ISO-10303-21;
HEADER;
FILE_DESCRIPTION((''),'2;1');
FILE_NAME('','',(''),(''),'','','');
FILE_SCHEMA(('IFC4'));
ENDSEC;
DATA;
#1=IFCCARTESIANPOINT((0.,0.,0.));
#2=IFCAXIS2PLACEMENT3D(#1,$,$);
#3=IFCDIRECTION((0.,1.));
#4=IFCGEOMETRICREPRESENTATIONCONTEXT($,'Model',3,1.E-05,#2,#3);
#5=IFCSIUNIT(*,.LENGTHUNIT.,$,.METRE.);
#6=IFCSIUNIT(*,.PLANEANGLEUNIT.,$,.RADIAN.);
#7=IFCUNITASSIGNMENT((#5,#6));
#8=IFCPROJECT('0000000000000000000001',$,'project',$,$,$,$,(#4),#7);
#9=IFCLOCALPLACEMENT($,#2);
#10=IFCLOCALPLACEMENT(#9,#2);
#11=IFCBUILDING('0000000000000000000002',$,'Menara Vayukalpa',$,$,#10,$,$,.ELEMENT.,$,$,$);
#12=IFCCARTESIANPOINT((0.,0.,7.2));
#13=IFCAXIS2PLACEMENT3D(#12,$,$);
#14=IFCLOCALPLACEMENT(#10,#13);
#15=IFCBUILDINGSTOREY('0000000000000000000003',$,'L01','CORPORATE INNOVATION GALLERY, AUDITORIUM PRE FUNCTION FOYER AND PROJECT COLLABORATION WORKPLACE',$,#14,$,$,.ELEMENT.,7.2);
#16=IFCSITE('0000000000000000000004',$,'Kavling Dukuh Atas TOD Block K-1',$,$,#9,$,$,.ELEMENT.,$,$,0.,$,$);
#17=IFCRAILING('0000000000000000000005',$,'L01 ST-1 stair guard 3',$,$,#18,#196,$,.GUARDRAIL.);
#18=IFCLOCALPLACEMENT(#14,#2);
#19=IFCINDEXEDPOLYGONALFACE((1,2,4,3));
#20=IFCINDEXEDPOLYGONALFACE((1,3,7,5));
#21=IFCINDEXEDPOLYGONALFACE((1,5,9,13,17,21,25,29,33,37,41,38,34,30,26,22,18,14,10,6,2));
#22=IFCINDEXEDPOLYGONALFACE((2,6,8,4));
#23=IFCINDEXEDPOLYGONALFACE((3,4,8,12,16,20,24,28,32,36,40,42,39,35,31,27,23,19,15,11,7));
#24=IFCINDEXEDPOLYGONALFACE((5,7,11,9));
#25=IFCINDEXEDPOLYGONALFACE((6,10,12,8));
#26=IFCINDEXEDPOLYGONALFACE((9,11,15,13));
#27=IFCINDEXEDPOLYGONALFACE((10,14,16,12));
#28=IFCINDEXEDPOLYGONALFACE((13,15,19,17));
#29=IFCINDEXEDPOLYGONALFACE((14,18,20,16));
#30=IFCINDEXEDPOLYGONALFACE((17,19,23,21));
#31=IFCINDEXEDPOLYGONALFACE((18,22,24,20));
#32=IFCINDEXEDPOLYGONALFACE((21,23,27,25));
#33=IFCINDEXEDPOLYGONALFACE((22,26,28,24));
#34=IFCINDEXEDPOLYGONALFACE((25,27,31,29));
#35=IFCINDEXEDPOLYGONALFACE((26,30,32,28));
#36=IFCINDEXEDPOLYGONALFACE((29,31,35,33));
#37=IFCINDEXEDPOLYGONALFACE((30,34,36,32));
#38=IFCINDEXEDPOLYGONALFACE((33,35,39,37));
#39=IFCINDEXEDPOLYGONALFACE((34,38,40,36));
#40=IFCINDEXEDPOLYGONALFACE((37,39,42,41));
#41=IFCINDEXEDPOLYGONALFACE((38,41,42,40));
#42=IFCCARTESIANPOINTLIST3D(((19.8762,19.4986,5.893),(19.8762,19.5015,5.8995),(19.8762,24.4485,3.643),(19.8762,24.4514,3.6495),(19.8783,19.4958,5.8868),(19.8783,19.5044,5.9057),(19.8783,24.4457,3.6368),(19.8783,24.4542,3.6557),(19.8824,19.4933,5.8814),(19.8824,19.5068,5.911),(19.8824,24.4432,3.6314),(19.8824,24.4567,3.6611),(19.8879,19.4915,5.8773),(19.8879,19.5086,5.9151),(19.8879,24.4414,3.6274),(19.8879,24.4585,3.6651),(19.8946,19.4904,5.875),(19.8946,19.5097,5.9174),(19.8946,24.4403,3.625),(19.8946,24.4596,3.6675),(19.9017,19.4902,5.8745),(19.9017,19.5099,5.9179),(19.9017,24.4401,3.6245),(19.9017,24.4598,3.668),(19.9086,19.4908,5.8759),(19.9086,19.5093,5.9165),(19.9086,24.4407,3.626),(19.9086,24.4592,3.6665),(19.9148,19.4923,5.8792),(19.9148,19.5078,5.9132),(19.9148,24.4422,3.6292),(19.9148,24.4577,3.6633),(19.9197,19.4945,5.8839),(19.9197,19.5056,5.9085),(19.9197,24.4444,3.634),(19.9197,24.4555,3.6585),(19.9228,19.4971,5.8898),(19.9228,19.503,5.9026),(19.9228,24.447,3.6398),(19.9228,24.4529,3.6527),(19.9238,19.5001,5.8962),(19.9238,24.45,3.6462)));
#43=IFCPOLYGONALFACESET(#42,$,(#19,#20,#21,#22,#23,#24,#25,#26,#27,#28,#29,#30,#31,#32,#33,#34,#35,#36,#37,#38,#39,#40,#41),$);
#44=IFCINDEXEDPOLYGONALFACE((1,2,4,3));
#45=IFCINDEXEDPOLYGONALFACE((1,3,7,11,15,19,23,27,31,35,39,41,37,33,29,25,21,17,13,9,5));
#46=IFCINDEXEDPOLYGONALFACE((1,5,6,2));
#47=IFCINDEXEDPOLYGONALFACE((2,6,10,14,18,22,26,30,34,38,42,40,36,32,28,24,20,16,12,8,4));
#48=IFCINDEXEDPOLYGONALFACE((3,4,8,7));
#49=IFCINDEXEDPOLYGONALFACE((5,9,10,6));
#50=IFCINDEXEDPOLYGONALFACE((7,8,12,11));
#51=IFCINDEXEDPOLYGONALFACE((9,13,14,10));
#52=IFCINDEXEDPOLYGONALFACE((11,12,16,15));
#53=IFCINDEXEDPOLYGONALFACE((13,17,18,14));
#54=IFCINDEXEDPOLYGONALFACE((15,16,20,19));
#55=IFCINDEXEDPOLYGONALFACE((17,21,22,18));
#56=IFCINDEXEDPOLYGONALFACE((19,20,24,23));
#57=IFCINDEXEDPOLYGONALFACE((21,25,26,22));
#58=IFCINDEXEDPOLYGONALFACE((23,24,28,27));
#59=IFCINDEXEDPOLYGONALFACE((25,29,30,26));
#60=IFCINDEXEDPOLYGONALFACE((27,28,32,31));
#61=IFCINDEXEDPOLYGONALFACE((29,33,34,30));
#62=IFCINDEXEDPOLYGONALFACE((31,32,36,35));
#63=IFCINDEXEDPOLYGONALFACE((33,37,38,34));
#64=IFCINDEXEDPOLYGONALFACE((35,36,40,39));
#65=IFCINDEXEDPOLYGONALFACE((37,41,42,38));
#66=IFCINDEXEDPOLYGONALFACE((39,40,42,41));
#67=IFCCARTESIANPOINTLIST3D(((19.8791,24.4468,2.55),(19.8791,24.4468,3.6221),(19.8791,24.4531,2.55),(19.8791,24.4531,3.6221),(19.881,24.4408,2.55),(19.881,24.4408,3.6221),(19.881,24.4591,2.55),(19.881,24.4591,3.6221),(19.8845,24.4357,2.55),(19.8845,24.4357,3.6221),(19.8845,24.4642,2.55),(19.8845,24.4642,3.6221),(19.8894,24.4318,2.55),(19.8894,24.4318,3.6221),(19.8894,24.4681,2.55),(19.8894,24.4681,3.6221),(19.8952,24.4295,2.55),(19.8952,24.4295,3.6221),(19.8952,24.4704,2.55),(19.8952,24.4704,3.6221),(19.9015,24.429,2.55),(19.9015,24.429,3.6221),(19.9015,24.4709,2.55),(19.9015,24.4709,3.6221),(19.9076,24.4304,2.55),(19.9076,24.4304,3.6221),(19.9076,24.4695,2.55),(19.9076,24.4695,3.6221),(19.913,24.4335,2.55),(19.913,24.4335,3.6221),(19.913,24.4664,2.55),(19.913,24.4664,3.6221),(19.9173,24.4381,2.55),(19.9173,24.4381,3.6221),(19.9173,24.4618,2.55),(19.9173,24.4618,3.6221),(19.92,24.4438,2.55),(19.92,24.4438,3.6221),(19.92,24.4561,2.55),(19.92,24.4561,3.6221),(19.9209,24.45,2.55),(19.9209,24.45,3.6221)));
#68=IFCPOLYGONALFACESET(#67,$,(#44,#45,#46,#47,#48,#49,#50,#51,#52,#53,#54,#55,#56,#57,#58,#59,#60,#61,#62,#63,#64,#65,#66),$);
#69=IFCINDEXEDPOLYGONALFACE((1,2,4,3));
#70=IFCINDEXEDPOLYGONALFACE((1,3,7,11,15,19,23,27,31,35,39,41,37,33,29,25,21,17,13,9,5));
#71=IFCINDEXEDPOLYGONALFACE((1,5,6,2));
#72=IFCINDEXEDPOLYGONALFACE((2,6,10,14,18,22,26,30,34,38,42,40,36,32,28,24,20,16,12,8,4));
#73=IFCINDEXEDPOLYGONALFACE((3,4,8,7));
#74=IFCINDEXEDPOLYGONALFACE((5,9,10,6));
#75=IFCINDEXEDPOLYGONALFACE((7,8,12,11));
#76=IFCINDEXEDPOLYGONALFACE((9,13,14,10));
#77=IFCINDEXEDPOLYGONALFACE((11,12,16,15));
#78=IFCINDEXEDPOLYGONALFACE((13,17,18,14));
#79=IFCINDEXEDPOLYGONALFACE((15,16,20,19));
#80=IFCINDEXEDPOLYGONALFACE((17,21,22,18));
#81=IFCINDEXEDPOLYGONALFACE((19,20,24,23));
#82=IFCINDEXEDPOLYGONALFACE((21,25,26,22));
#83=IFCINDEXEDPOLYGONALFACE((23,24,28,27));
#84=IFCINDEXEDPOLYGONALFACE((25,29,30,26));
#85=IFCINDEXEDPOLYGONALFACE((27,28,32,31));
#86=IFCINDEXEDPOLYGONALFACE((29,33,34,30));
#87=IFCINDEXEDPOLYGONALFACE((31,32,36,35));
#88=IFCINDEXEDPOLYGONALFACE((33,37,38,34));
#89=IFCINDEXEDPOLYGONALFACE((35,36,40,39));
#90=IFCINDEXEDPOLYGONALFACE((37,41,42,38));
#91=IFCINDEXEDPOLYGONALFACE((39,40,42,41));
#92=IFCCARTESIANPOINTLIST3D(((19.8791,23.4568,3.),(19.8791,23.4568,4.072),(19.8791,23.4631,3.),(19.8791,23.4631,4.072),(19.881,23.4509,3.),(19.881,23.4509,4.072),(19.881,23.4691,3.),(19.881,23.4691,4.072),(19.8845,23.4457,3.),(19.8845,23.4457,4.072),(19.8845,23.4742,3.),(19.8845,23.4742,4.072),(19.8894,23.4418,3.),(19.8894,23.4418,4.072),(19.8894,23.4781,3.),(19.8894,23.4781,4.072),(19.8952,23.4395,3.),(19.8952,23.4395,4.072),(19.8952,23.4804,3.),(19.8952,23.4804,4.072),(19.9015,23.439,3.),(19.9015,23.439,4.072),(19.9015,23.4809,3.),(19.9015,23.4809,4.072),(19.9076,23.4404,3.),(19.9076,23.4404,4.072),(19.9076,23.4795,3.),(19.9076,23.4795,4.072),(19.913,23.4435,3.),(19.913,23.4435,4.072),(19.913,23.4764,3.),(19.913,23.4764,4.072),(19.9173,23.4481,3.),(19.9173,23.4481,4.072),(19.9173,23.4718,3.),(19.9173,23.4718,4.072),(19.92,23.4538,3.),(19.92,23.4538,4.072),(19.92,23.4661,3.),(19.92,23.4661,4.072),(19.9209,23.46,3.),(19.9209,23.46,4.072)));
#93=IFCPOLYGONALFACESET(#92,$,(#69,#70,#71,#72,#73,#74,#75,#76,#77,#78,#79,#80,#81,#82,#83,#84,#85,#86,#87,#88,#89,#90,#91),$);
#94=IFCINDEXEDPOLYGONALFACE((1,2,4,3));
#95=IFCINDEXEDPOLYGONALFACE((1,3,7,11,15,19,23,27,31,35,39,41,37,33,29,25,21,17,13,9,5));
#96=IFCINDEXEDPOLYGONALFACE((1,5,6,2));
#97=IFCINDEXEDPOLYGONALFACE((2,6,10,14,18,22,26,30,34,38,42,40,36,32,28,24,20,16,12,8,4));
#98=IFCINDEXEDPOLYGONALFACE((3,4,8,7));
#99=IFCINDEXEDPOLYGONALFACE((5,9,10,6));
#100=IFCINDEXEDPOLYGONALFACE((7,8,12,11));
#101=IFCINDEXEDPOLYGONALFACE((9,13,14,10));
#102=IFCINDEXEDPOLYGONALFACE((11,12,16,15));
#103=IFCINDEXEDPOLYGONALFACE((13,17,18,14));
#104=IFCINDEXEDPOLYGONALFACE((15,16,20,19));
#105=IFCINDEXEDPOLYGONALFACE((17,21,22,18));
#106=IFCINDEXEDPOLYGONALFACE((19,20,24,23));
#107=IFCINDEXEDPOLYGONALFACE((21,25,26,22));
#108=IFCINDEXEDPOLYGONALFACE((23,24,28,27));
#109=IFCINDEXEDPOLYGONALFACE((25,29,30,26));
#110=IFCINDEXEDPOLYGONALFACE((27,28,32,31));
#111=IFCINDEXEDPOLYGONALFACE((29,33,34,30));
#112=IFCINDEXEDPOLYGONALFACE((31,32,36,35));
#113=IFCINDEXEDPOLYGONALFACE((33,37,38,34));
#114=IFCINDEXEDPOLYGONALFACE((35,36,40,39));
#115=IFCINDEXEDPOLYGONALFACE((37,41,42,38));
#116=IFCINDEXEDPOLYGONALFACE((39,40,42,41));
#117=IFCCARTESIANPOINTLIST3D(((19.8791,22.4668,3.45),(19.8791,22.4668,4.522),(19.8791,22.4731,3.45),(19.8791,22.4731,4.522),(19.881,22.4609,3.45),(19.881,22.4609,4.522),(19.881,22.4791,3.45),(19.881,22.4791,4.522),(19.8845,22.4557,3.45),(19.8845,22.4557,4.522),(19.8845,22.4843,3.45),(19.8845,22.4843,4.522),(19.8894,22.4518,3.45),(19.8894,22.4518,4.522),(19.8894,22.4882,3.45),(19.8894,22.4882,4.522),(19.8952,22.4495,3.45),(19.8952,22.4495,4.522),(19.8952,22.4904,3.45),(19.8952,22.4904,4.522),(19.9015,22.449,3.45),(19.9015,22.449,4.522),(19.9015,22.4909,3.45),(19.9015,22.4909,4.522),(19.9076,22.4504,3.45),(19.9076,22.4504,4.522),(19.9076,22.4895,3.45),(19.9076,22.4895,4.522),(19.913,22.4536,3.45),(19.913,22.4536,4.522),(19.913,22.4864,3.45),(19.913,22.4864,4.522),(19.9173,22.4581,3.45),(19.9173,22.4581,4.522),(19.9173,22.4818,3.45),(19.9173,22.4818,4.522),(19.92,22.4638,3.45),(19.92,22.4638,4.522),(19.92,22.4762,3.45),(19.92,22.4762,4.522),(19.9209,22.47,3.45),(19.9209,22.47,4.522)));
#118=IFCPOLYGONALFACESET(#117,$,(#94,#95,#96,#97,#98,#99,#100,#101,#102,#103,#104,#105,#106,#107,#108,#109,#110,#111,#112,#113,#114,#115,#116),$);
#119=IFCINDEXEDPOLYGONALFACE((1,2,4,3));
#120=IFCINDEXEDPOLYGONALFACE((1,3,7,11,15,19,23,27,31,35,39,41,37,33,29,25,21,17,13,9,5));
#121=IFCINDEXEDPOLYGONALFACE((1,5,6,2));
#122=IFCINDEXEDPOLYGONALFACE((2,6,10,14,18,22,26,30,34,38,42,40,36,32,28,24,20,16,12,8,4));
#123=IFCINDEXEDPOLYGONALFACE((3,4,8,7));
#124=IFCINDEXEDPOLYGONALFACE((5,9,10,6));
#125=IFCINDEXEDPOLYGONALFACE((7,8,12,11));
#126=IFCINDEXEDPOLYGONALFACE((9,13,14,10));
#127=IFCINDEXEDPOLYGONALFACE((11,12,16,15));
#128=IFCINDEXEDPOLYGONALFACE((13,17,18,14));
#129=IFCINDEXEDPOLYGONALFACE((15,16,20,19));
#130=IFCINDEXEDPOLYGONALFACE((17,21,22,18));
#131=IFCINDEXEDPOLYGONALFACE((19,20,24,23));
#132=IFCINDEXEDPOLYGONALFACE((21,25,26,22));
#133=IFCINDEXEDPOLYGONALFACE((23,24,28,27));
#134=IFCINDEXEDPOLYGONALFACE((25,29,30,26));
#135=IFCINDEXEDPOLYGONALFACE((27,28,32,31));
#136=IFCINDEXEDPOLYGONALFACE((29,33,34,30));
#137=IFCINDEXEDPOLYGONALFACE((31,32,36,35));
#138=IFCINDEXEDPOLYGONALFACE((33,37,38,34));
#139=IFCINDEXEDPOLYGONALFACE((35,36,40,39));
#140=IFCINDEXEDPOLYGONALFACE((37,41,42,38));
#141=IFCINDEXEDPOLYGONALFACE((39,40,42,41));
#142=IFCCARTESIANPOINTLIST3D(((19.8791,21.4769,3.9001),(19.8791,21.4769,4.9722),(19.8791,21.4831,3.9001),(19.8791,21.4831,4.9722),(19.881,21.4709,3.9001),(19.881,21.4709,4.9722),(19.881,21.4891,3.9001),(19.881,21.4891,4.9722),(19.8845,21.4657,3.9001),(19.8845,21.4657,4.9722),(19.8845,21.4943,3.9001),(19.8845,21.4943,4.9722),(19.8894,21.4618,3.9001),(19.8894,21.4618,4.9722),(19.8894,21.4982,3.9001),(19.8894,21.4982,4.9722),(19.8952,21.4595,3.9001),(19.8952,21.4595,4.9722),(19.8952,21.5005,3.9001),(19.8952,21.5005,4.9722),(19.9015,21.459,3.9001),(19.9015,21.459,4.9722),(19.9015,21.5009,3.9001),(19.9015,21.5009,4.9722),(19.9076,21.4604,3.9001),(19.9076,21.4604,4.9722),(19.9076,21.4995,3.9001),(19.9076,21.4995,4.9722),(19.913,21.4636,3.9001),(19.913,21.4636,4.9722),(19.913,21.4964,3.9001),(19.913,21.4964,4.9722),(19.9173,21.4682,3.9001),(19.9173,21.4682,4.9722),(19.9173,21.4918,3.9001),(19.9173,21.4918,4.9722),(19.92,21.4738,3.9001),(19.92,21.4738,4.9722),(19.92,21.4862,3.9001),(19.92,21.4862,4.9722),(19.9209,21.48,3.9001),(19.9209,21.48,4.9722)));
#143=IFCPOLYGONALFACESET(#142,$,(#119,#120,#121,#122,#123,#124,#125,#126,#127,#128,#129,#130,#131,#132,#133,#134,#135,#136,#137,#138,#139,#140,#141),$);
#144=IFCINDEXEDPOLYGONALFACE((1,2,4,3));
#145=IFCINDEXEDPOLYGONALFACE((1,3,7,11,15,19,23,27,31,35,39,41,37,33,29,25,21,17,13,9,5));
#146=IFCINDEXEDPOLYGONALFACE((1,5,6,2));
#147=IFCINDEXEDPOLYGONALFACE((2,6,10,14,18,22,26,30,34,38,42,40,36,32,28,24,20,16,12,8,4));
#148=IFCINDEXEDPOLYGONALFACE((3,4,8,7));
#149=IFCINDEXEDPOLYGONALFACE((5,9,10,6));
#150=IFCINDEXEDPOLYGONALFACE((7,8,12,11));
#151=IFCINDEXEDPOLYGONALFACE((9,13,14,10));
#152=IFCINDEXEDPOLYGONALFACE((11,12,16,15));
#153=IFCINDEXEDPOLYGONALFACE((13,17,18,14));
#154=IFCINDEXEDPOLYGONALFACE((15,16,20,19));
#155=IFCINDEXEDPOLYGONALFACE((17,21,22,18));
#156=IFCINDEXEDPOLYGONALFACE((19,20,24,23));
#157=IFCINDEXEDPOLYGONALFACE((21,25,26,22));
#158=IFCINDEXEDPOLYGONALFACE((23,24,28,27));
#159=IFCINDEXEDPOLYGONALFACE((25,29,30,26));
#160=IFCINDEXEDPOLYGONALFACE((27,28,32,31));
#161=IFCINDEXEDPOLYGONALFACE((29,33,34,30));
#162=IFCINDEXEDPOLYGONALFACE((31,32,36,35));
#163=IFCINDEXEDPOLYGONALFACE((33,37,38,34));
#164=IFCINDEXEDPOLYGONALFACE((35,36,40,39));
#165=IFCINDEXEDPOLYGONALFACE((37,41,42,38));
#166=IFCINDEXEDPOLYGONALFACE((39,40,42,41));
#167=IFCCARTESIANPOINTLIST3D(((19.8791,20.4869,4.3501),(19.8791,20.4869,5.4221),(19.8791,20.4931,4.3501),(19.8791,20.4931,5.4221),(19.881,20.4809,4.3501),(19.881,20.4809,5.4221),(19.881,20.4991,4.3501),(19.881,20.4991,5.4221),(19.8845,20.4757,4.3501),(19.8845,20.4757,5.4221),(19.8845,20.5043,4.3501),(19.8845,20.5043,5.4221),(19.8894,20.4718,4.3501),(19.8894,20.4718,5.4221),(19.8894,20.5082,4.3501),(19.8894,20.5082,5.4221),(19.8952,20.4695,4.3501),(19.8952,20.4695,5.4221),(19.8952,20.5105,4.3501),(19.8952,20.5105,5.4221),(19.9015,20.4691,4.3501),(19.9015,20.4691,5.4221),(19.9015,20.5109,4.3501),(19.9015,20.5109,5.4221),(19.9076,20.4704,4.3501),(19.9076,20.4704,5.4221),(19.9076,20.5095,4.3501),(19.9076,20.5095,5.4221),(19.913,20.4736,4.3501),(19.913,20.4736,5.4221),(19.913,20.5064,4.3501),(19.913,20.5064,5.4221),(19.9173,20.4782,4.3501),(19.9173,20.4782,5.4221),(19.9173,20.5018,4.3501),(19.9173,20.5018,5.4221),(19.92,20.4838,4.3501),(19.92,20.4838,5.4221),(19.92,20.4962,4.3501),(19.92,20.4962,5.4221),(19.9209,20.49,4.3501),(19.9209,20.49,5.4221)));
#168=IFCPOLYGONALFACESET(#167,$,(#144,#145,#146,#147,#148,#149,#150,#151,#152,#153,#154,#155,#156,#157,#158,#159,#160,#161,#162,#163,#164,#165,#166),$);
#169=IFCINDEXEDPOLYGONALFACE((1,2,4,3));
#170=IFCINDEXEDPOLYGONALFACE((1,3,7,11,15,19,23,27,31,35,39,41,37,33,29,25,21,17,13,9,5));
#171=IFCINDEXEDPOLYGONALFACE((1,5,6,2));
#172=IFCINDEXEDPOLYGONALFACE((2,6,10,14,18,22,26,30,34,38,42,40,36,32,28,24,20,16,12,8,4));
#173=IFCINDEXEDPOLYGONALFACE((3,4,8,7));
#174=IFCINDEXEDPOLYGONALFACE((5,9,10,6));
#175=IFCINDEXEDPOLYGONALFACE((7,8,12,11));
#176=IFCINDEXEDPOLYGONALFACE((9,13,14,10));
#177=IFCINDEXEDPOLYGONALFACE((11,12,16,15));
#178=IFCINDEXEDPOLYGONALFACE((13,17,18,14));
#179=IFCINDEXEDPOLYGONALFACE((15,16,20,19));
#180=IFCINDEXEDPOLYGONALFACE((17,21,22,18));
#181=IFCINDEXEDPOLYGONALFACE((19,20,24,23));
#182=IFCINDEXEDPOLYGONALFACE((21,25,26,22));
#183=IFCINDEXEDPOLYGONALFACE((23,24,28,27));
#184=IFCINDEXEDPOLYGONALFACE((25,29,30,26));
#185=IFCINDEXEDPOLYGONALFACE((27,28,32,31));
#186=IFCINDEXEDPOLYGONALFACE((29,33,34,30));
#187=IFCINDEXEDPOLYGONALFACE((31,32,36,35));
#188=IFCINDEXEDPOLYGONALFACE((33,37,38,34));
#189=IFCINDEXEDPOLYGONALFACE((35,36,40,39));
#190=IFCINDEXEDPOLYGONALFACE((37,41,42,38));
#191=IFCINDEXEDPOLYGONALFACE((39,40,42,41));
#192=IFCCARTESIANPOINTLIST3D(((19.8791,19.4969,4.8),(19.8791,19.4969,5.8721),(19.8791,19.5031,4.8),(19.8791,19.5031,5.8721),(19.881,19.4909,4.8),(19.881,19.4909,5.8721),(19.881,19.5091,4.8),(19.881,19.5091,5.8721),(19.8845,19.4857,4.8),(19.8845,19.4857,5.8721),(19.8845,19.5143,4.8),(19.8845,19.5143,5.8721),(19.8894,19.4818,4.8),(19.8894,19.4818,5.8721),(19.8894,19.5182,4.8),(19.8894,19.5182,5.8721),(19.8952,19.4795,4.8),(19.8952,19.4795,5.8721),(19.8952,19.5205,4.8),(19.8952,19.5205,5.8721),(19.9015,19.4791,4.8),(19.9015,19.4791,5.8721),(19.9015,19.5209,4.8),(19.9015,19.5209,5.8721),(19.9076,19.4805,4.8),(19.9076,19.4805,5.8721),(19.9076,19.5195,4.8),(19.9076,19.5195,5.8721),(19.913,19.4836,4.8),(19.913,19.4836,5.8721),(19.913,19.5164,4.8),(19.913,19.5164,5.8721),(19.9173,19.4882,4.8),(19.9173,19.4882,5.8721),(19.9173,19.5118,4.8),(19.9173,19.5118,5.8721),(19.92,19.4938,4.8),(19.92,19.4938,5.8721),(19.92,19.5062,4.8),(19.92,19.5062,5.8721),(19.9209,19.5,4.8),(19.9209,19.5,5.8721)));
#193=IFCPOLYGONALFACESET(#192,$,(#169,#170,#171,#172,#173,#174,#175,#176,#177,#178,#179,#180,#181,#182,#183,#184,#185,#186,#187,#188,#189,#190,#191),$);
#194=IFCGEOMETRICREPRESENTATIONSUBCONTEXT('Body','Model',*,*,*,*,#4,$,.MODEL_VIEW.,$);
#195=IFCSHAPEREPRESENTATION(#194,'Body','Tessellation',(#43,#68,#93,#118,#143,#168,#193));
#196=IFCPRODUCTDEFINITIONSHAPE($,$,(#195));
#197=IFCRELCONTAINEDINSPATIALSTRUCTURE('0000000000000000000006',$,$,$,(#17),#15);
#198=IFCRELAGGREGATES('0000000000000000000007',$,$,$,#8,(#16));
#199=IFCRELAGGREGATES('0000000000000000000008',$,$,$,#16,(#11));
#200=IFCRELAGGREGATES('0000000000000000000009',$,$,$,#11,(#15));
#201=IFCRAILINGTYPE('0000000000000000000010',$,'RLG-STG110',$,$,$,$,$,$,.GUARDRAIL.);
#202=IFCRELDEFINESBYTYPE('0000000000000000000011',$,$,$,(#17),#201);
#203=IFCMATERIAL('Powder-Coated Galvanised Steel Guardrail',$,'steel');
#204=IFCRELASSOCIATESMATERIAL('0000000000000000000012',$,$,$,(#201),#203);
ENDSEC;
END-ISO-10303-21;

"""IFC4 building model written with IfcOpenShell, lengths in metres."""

from ifc_helpers import new_model, si_unit, direction, frame, origin, origin_2d, place, context, subcontext, project, spatial, circle, extrude, material, type_object, element, save


model = new_model("IFC4")

# Units and contexts
model_context = context("Model", 3, precision=1e-05, world=origin(), true_north=direction((0.0, 1.0)))
body_context = subcontext(model_context, "Body", "Model", "MODEL_VIEW")
ifc_project = project(units=[si_unit("LENGTHUNIT", "METRE"), si_unit("PLANEANGLEUNIT", "RADIAN")], contexts=[model_context])

# Site, building, storey
site_placement = place(None, origin())
site = spatial("IfcSite", under=ifc_project, at=site_placement, Name="Kavling Dukuh Atas TOD Block K-1", CompositionType="ELEMENT", RefElevation=0.0)
building_placement = place(site_placement, origin())
building = spatial("IfcBuilding", under=site, at=building_placement, Name="Menara Vayukalpa", CompositionType="ELEMENT")
storey_placement = place(building_placement, frame((0.0, 0.0, 7.2)))
storey = spatial("IfcBuildingStorey", under=building, at=storey_placement, Name="L01", Description="CORPORATE INNOVATION GALLERY, AUDITORIUM PRE FUNCTION FOYER AND PROJECT COLLABORATION WORKPLACE", CompositionType="ELEMENT", Elevation=7.2)

# Railing
ifc_material_1 = material(Name="Powder-Coated Galvanised Steel Guardrail", Category="steel")
railing_type_1 = type_object("IfcRailingType", Name="RLG-STG110", PredefinedType="GUARDRAIL", material=ifc_material_1)
railing_1_placement = place(storey_placement, frame((19.8999, 24.45, 2.55)))
element("IfcRailing", 1, at=railing_1_placement, inside=storey, type_object=railing_type_1, Name="L01 ST-1 stair guard 3", PredefinedType="GUARDRAIL", context=body_context, shape_type="SweptSolid", body=[
    extrude(circle(Radius=0.0239, at=origin_2d()), frame((0.0, 0.0, 1.0962), z_axis=(0.0, -0.910365, 0.413806), x_axis=(1.0, 0.0, 0.0)), (0.0, 0.0, 1.0), 5.4373),
    extrude(circle(Radius=0.021, at=origin_2d()), origin(), (0.0, 0.0, 1.0), 1.072),
    extrude(circle(Radius=0.021, at=origin_2d()), frame((0.0, -0.99, 0.45)), (0.0, 0.0, 1.0), 1.072),
    extrude(circle(Radius=0.021, at=origin_2d()), frame((0.0, -1.98, 0.8999)), (0.0, 0.0, 1.0), 1.072),
    extrude(circle(Radius=0.021, at=origin_2d()), frame((0.0, -2.97, 1.3501)), (0.0, 0.0, 1.0), 1.072),
    extrude(circle(Radius=0.021, at=origin_2d()), frame((0.0, -3.96, 1.8)), (0.0, 0.0, 1.0), 1.072),
    extrude(circle(Radius=0.021, at=origin_2d()), frame((0.0, -4.95, 2.25)), (0.0, 0.0, 1.0), 1.072),
])

save(model, "model.ifc")
